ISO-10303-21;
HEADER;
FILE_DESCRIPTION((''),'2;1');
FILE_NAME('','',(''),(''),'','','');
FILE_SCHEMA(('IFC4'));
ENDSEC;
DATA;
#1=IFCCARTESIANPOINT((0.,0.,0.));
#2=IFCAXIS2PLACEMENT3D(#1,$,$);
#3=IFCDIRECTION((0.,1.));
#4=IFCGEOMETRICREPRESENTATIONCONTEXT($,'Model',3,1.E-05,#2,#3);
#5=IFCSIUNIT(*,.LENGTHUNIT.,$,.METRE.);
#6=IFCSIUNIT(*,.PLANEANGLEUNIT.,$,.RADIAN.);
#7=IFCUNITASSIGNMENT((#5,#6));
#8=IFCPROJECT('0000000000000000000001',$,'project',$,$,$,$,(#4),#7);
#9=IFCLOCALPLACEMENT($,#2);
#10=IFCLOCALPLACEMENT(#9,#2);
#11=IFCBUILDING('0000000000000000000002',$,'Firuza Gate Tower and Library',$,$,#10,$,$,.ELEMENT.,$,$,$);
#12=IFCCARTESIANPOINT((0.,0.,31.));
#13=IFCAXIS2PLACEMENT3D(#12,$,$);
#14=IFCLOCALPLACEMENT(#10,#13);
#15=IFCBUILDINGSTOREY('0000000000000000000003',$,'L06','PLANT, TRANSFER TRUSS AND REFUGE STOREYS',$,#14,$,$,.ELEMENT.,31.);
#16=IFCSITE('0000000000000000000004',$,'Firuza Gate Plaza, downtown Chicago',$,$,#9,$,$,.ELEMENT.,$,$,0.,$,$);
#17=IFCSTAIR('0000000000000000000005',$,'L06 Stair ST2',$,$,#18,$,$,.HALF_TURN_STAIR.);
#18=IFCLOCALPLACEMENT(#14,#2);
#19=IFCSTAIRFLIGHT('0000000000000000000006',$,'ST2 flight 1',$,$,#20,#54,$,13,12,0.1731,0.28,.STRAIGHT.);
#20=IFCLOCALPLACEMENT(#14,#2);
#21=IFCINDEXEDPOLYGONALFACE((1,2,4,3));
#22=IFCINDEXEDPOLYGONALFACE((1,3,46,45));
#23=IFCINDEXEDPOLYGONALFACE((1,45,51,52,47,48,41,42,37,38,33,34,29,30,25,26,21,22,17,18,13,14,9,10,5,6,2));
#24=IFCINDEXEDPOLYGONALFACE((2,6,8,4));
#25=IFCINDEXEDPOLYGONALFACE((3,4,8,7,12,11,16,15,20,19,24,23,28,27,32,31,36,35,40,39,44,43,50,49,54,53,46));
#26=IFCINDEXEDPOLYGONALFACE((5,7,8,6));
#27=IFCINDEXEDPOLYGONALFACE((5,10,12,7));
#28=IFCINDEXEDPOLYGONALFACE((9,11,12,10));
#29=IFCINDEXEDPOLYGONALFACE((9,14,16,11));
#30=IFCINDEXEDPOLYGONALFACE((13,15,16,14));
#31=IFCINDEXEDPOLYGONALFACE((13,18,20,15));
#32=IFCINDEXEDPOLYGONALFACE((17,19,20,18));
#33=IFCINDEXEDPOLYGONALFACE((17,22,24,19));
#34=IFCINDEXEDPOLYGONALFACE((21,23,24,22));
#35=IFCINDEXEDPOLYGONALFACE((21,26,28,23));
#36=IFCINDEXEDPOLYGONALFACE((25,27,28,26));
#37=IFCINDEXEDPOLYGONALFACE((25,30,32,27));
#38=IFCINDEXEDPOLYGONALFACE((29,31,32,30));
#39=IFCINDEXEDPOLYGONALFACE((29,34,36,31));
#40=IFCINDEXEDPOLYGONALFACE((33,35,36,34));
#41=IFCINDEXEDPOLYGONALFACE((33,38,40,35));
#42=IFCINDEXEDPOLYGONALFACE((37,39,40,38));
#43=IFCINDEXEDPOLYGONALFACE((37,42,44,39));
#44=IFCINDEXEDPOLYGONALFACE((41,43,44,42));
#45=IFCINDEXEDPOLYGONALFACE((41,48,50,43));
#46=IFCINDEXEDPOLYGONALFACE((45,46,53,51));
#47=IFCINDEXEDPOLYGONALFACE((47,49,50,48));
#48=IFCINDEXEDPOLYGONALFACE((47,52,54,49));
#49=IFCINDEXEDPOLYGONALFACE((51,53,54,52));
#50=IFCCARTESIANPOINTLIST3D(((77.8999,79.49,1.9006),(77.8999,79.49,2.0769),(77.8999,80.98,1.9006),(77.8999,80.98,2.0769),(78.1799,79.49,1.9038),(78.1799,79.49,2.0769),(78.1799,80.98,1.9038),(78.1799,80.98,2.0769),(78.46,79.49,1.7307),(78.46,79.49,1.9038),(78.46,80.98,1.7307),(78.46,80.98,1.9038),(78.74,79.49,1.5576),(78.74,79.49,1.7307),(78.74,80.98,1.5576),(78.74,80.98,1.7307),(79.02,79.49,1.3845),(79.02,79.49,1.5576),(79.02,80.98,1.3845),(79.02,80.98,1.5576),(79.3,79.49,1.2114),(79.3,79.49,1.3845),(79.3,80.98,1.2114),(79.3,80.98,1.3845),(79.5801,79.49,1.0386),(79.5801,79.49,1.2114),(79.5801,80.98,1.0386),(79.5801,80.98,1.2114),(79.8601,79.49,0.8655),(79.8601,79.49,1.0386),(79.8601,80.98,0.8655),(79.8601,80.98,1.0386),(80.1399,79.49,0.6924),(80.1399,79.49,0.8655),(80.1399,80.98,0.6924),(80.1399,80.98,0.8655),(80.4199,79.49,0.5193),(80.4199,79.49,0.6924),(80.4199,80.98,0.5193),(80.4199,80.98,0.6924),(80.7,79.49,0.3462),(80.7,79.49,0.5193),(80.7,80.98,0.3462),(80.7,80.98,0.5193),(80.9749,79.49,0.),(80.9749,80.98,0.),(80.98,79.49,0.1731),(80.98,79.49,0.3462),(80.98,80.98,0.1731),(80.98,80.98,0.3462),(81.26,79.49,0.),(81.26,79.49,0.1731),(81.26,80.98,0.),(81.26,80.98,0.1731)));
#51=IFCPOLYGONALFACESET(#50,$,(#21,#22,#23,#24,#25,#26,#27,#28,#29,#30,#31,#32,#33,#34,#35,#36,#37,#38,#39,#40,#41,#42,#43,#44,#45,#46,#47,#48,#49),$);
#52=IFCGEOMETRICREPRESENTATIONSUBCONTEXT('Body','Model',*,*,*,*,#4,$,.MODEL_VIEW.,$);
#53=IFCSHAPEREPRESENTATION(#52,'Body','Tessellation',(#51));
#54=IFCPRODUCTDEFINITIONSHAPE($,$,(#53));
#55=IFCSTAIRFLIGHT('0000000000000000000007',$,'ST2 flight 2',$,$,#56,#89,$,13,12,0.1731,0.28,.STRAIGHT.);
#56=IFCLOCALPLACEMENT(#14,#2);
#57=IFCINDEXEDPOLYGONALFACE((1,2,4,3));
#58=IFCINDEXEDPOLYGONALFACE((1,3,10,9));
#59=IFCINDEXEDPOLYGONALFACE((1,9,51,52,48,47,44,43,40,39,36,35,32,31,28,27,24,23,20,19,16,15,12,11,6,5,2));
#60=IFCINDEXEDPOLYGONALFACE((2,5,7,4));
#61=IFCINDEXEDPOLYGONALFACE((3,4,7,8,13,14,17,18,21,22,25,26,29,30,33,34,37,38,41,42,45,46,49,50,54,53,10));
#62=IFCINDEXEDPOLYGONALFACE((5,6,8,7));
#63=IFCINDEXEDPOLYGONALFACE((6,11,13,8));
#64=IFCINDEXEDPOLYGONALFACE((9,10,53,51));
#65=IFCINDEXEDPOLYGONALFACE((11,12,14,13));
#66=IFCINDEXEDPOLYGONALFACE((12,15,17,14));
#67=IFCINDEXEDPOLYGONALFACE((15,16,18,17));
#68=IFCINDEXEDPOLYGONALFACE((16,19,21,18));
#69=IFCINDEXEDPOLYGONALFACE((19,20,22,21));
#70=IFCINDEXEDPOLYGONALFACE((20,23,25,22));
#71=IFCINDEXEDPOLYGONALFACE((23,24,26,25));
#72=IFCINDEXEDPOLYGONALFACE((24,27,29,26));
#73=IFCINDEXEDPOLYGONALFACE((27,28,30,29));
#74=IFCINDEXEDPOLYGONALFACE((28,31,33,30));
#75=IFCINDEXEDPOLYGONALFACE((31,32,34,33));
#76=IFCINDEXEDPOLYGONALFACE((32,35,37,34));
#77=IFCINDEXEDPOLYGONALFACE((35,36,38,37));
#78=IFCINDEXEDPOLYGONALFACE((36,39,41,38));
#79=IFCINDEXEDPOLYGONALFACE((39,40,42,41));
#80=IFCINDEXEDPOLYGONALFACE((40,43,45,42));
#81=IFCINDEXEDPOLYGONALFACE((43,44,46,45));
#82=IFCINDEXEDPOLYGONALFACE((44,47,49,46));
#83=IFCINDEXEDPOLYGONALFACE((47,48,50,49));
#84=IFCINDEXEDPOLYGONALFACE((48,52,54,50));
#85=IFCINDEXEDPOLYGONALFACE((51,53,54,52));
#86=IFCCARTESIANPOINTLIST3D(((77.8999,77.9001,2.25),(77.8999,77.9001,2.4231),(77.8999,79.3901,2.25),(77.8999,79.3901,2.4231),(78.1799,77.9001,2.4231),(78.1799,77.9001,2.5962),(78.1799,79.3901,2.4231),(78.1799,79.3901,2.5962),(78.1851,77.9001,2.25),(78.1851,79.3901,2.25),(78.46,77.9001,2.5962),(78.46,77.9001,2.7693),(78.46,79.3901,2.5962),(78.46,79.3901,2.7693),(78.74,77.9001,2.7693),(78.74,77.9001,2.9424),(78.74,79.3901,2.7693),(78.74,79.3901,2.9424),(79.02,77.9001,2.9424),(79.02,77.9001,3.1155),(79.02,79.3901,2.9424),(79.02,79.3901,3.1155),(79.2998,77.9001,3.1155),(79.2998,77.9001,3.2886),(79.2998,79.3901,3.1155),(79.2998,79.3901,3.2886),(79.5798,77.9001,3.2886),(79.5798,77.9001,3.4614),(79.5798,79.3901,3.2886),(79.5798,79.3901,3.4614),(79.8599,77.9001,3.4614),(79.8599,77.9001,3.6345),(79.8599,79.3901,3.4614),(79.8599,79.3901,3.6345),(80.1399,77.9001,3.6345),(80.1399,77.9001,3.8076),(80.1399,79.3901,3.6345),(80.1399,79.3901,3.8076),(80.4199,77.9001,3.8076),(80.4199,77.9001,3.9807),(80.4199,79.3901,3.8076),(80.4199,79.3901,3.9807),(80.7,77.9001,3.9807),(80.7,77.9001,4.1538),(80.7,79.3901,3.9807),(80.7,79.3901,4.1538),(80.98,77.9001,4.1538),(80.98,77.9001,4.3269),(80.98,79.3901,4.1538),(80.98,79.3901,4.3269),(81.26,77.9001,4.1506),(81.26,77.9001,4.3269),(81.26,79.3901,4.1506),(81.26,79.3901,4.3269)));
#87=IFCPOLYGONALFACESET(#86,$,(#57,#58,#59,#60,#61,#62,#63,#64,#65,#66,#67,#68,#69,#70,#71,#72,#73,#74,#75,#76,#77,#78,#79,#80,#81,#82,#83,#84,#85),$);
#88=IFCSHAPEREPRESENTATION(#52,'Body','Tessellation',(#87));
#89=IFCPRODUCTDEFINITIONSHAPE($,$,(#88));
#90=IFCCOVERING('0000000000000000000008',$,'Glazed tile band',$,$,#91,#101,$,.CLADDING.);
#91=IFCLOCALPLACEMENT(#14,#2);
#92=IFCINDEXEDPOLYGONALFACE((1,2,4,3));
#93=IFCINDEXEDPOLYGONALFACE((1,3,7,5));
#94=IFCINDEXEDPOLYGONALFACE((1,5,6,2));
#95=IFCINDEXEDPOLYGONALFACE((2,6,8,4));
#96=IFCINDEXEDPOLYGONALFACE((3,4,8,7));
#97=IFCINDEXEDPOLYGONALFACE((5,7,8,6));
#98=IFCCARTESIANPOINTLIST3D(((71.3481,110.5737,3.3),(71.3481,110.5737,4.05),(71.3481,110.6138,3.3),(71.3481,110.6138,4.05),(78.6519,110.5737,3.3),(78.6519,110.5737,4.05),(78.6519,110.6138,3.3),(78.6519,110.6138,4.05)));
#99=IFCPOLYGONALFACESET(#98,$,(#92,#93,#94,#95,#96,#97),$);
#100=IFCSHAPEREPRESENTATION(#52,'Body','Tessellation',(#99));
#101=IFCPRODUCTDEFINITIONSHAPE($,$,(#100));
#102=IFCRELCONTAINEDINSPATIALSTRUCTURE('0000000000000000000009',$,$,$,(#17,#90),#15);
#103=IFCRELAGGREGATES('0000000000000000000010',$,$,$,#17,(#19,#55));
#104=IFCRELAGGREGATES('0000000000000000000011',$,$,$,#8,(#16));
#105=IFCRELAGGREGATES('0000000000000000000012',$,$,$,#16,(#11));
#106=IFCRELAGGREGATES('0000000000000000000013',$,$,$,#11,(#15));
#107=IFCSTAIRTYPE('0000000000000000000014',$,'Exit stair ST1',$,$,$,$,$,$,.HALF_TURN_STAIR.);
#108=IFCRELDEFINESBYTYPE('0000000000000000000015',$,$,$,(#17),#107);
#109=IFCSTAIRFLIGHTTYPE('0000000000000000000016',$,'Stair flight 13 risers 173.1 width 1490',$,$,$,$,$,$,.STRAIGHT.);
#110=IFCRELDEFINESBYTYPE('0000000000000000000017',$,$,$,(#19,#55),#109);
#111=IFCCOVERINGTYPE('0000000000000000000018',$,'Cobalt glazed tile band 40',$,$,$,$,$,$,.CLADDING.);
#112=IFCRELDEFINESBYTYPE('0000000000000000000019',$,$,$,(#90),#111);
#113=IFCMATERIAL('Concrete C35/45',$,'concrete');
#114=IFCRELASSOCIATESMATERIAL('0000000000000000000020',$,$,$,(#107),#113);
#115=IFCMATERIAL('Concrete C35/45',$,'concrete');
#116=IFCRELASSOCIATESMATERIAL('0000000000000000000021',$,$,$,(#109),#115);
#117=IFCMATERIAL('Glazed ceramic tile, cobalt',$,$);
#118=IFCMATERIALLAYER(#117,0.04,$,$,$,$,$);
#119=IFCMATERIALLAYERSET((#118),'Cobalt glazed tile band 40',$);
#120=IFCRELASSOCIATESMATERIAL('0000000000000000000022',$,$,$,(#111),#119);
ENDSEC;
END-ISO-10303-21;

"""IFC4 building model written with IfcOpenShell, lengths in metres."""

from ifc_helpers import new_model, si_unit, direction, frame, origin, place, context, subcontext, project, spatial, polyline, outline, extrude, material, layer, layer_set, type_object, element, aggregate, save


model = new_model("IFC4")

# Units and contexts
model_context = context("Model", 3, precision=1e-05, world=origin(), true_north=direction((0.0, 1.0)))
body_context = subcontext(model_context, "Body", "Model", "MODEL_VIEW")
ifc_project = project(units=[si_unit("LENGTHUNIT", "METRE"), si_unit("PLANEANGLEUNIT", "RADIAN")], contexts=[model_context])

# Site, building, storey
site_placement = place(None, origin())
site = spatial("IfcSite", under=ifc_project, at=site_placement, Name="Firuza Gate Plaza, downtown Chicago", CompositionType="ELEMENT", RefElevation=0.0)
building_placement = place(site_placement, origin())
building = spatial("IfcBuilding", under=site, at=building_placement, Name="Firuza Gate Tower and Library", CompositionType="ELEMENT")
storey_placement = place(building_placement, frame((0.0, 0.0, 31.0)))
storey = spatial("IfcBuildingStorey", under=building, at=storey_placement, Name="L06", Description="PLANT, TRANSFER TRUSS AND REFUGE STOREYS", CompositionType="ELEMENT", Elevation=31.0)

# Stair, stair flights
ifc_material_1 = material(Name="Concrete C35/45", Category="concrete")
stair_type = type_object("IfcStairType", Name="Exit stair ST1", PredefinedType="HALF_TURN_STAIR", material=ifc_material_1)
stair_placement = place(storey_placement, origin())
stair = element("IfcStair", 1, at=stair_placement, inside=storey, type_object=stair_type, Name="L06 Stair ST2", PredefinedType="HALF_TURN_STAIR")
ifc_material_2 = material(Name="Concrete C35/45", Category="concrete")
stair_flight_type = type_object("IfcStairFlightType", Name="Stair flight 13 risers 173.1 width 1490", PredefinedType="STRAIGHT", material=ifc_material_2)
stair_flight_1_placement = place(storey_placement, frame((81.26, 80.2351, 0.0), z_axis=(0.0, 0.0, 1.0), x_axis=(-1.0, 0.0, 0.0)))
stair_flight_1 = element("IfcStairFlight", 2, at=stair_flight_1_placement, type_object=stair_flight_type, Name="ST2 flight 1", NumberOfRisers=13, NumberOfTreads=12, PredefinedType="STRAIGHT", RiserHeight=0.1731, TreadLength=0.28, context=body_context, shape_type="SweptSolid", body=[
    extrude(outline(polyline([(0.0, 0.0), (0.0, 0.1731), (0.28, 0.1731), (0.28, 0.3462), (0.5601, 0.3462), (0.5601, 0.5193), (0.8401, 0.5193), (0.8401, 0.6924), (1.1201, 0.6924), (1.1201, 0.8655), (1.3999, 0.8655), (1.3999, 1.0386), (1.6799, 1.0386), (1.6799, 1.2114), (1.96, 1.2114), (1.96, 1.3845), (2.24, 1.3845), (2.24, 1.5576), (2.52, 1.5576), (2.52, 1.7307), (2.8, 1.7307), (2.8, 1.9038), (3.0801, 1.9038), (3.0801, 2.0769), (3.3601, 2.0769), (3.3601, 2.25), (3.3601, 1.9006), (0.2852, 0.0), (0.0, 0.0)])), frame((0.0, 0.7451, 0.0), z_axis=(0.0, -1.0, 0.0), x_axis=(1.0, 0.0, 0.0)), (0.0, 0.0, 1.0), 1.49),
])
stair_flight_2_placement = place(storey_placement, frame((77.8999, 78.645, 2.25), z_axis=(0.0, 0.0, 1.0), x_axis=(1.0, 0.0, 0.0)))
stair_flight_2 = element("IfcStairFlight", 3, at=stair_flight_2_placement, type_object=stair_flight_type, Name="ST2 flight 2", NumberOfRisers=13, NumberOfTreads=12, PredefinedType="STRAIGHT", RiserHeight=0.1731, TreadLength=0.28, context=body_context, shape_type="SweptSolid", body=[
    extrude(outline(polyline([(0.0, 0.0), (0.0, 0.1731), (0.28, 0.1731), (0.28, 0.3462), (0.5601, 0.3462), (0.5601, 0.5193), (0.8401, 0.5193), (0.8401, 0.6924), (1.1201, 0.6924), (1.1201, 0.8655), (1.3999, 0.8655), (1.3999, 1.0386), (1.6799, 1.0386), (1.6799, 1.2114), (1.96, 1.2114), (1.96, 1.3845), (2.24, 1.3845), (2.24, 1.5576), (2.52, 1.5576), (2.52, 1.7307), (2.8, 1.7307), (2.8, 1.9038), (3.0801, 1.9038), (3.0801, 2.0769), (3.3601, 2.0769), (3.3601, 2.25), (3.3601, 1.9006), (0.2852, 0.0), (0.0, 0.0)])), frame((0.0, 0.7451, 0.0), z_axis=(0.0, -1.0, 0.0), x_axis=(1.0, 0.0, 0.0)), (0.0, 0.0, 1.0), 1.49),
])
aggregate(stair, [stair_flight_1, stair_flight_2])

# Covering
ifc_material_3 = material(Name="Glazed ceramic tile, cobalt")
ifc_layer_1 = layer(ifc_material_3, 0.04)
ifc_layer_set_1 = layer_set([ifc_layer_1], Name="Cobalt glazed tile band 40")
covering_type = type_object("IfcCoveringType", Name="Cobalt glazed tile band 40", PredefinedType="CLADDING", material=ifc_layer_set_1)
covering_placement = place(storey_placement, frame((78.6519, 110.6138, 3.3), z_axis=(0.0, 1.0, 0.0), x_axis=(-1.0, 0.0, 0.0)))
element("IfcCovering", 4, at=covering_placement, inside=storey, type_object=covering_type, Name="Glazed tile band", PredefinedType="CLADDING", context=body_context, shape_type="SweptSolid", body=[
    extrude(outline(polyline([(0.0, 0.0), (7.3037, 0.0), (7.3037, 0.75), (0.0, 0.75), (0.0, 0.0)])), origin(), (0.0, 0.0, -1.0), 0.04),
])

save(model, "model.ifc")
